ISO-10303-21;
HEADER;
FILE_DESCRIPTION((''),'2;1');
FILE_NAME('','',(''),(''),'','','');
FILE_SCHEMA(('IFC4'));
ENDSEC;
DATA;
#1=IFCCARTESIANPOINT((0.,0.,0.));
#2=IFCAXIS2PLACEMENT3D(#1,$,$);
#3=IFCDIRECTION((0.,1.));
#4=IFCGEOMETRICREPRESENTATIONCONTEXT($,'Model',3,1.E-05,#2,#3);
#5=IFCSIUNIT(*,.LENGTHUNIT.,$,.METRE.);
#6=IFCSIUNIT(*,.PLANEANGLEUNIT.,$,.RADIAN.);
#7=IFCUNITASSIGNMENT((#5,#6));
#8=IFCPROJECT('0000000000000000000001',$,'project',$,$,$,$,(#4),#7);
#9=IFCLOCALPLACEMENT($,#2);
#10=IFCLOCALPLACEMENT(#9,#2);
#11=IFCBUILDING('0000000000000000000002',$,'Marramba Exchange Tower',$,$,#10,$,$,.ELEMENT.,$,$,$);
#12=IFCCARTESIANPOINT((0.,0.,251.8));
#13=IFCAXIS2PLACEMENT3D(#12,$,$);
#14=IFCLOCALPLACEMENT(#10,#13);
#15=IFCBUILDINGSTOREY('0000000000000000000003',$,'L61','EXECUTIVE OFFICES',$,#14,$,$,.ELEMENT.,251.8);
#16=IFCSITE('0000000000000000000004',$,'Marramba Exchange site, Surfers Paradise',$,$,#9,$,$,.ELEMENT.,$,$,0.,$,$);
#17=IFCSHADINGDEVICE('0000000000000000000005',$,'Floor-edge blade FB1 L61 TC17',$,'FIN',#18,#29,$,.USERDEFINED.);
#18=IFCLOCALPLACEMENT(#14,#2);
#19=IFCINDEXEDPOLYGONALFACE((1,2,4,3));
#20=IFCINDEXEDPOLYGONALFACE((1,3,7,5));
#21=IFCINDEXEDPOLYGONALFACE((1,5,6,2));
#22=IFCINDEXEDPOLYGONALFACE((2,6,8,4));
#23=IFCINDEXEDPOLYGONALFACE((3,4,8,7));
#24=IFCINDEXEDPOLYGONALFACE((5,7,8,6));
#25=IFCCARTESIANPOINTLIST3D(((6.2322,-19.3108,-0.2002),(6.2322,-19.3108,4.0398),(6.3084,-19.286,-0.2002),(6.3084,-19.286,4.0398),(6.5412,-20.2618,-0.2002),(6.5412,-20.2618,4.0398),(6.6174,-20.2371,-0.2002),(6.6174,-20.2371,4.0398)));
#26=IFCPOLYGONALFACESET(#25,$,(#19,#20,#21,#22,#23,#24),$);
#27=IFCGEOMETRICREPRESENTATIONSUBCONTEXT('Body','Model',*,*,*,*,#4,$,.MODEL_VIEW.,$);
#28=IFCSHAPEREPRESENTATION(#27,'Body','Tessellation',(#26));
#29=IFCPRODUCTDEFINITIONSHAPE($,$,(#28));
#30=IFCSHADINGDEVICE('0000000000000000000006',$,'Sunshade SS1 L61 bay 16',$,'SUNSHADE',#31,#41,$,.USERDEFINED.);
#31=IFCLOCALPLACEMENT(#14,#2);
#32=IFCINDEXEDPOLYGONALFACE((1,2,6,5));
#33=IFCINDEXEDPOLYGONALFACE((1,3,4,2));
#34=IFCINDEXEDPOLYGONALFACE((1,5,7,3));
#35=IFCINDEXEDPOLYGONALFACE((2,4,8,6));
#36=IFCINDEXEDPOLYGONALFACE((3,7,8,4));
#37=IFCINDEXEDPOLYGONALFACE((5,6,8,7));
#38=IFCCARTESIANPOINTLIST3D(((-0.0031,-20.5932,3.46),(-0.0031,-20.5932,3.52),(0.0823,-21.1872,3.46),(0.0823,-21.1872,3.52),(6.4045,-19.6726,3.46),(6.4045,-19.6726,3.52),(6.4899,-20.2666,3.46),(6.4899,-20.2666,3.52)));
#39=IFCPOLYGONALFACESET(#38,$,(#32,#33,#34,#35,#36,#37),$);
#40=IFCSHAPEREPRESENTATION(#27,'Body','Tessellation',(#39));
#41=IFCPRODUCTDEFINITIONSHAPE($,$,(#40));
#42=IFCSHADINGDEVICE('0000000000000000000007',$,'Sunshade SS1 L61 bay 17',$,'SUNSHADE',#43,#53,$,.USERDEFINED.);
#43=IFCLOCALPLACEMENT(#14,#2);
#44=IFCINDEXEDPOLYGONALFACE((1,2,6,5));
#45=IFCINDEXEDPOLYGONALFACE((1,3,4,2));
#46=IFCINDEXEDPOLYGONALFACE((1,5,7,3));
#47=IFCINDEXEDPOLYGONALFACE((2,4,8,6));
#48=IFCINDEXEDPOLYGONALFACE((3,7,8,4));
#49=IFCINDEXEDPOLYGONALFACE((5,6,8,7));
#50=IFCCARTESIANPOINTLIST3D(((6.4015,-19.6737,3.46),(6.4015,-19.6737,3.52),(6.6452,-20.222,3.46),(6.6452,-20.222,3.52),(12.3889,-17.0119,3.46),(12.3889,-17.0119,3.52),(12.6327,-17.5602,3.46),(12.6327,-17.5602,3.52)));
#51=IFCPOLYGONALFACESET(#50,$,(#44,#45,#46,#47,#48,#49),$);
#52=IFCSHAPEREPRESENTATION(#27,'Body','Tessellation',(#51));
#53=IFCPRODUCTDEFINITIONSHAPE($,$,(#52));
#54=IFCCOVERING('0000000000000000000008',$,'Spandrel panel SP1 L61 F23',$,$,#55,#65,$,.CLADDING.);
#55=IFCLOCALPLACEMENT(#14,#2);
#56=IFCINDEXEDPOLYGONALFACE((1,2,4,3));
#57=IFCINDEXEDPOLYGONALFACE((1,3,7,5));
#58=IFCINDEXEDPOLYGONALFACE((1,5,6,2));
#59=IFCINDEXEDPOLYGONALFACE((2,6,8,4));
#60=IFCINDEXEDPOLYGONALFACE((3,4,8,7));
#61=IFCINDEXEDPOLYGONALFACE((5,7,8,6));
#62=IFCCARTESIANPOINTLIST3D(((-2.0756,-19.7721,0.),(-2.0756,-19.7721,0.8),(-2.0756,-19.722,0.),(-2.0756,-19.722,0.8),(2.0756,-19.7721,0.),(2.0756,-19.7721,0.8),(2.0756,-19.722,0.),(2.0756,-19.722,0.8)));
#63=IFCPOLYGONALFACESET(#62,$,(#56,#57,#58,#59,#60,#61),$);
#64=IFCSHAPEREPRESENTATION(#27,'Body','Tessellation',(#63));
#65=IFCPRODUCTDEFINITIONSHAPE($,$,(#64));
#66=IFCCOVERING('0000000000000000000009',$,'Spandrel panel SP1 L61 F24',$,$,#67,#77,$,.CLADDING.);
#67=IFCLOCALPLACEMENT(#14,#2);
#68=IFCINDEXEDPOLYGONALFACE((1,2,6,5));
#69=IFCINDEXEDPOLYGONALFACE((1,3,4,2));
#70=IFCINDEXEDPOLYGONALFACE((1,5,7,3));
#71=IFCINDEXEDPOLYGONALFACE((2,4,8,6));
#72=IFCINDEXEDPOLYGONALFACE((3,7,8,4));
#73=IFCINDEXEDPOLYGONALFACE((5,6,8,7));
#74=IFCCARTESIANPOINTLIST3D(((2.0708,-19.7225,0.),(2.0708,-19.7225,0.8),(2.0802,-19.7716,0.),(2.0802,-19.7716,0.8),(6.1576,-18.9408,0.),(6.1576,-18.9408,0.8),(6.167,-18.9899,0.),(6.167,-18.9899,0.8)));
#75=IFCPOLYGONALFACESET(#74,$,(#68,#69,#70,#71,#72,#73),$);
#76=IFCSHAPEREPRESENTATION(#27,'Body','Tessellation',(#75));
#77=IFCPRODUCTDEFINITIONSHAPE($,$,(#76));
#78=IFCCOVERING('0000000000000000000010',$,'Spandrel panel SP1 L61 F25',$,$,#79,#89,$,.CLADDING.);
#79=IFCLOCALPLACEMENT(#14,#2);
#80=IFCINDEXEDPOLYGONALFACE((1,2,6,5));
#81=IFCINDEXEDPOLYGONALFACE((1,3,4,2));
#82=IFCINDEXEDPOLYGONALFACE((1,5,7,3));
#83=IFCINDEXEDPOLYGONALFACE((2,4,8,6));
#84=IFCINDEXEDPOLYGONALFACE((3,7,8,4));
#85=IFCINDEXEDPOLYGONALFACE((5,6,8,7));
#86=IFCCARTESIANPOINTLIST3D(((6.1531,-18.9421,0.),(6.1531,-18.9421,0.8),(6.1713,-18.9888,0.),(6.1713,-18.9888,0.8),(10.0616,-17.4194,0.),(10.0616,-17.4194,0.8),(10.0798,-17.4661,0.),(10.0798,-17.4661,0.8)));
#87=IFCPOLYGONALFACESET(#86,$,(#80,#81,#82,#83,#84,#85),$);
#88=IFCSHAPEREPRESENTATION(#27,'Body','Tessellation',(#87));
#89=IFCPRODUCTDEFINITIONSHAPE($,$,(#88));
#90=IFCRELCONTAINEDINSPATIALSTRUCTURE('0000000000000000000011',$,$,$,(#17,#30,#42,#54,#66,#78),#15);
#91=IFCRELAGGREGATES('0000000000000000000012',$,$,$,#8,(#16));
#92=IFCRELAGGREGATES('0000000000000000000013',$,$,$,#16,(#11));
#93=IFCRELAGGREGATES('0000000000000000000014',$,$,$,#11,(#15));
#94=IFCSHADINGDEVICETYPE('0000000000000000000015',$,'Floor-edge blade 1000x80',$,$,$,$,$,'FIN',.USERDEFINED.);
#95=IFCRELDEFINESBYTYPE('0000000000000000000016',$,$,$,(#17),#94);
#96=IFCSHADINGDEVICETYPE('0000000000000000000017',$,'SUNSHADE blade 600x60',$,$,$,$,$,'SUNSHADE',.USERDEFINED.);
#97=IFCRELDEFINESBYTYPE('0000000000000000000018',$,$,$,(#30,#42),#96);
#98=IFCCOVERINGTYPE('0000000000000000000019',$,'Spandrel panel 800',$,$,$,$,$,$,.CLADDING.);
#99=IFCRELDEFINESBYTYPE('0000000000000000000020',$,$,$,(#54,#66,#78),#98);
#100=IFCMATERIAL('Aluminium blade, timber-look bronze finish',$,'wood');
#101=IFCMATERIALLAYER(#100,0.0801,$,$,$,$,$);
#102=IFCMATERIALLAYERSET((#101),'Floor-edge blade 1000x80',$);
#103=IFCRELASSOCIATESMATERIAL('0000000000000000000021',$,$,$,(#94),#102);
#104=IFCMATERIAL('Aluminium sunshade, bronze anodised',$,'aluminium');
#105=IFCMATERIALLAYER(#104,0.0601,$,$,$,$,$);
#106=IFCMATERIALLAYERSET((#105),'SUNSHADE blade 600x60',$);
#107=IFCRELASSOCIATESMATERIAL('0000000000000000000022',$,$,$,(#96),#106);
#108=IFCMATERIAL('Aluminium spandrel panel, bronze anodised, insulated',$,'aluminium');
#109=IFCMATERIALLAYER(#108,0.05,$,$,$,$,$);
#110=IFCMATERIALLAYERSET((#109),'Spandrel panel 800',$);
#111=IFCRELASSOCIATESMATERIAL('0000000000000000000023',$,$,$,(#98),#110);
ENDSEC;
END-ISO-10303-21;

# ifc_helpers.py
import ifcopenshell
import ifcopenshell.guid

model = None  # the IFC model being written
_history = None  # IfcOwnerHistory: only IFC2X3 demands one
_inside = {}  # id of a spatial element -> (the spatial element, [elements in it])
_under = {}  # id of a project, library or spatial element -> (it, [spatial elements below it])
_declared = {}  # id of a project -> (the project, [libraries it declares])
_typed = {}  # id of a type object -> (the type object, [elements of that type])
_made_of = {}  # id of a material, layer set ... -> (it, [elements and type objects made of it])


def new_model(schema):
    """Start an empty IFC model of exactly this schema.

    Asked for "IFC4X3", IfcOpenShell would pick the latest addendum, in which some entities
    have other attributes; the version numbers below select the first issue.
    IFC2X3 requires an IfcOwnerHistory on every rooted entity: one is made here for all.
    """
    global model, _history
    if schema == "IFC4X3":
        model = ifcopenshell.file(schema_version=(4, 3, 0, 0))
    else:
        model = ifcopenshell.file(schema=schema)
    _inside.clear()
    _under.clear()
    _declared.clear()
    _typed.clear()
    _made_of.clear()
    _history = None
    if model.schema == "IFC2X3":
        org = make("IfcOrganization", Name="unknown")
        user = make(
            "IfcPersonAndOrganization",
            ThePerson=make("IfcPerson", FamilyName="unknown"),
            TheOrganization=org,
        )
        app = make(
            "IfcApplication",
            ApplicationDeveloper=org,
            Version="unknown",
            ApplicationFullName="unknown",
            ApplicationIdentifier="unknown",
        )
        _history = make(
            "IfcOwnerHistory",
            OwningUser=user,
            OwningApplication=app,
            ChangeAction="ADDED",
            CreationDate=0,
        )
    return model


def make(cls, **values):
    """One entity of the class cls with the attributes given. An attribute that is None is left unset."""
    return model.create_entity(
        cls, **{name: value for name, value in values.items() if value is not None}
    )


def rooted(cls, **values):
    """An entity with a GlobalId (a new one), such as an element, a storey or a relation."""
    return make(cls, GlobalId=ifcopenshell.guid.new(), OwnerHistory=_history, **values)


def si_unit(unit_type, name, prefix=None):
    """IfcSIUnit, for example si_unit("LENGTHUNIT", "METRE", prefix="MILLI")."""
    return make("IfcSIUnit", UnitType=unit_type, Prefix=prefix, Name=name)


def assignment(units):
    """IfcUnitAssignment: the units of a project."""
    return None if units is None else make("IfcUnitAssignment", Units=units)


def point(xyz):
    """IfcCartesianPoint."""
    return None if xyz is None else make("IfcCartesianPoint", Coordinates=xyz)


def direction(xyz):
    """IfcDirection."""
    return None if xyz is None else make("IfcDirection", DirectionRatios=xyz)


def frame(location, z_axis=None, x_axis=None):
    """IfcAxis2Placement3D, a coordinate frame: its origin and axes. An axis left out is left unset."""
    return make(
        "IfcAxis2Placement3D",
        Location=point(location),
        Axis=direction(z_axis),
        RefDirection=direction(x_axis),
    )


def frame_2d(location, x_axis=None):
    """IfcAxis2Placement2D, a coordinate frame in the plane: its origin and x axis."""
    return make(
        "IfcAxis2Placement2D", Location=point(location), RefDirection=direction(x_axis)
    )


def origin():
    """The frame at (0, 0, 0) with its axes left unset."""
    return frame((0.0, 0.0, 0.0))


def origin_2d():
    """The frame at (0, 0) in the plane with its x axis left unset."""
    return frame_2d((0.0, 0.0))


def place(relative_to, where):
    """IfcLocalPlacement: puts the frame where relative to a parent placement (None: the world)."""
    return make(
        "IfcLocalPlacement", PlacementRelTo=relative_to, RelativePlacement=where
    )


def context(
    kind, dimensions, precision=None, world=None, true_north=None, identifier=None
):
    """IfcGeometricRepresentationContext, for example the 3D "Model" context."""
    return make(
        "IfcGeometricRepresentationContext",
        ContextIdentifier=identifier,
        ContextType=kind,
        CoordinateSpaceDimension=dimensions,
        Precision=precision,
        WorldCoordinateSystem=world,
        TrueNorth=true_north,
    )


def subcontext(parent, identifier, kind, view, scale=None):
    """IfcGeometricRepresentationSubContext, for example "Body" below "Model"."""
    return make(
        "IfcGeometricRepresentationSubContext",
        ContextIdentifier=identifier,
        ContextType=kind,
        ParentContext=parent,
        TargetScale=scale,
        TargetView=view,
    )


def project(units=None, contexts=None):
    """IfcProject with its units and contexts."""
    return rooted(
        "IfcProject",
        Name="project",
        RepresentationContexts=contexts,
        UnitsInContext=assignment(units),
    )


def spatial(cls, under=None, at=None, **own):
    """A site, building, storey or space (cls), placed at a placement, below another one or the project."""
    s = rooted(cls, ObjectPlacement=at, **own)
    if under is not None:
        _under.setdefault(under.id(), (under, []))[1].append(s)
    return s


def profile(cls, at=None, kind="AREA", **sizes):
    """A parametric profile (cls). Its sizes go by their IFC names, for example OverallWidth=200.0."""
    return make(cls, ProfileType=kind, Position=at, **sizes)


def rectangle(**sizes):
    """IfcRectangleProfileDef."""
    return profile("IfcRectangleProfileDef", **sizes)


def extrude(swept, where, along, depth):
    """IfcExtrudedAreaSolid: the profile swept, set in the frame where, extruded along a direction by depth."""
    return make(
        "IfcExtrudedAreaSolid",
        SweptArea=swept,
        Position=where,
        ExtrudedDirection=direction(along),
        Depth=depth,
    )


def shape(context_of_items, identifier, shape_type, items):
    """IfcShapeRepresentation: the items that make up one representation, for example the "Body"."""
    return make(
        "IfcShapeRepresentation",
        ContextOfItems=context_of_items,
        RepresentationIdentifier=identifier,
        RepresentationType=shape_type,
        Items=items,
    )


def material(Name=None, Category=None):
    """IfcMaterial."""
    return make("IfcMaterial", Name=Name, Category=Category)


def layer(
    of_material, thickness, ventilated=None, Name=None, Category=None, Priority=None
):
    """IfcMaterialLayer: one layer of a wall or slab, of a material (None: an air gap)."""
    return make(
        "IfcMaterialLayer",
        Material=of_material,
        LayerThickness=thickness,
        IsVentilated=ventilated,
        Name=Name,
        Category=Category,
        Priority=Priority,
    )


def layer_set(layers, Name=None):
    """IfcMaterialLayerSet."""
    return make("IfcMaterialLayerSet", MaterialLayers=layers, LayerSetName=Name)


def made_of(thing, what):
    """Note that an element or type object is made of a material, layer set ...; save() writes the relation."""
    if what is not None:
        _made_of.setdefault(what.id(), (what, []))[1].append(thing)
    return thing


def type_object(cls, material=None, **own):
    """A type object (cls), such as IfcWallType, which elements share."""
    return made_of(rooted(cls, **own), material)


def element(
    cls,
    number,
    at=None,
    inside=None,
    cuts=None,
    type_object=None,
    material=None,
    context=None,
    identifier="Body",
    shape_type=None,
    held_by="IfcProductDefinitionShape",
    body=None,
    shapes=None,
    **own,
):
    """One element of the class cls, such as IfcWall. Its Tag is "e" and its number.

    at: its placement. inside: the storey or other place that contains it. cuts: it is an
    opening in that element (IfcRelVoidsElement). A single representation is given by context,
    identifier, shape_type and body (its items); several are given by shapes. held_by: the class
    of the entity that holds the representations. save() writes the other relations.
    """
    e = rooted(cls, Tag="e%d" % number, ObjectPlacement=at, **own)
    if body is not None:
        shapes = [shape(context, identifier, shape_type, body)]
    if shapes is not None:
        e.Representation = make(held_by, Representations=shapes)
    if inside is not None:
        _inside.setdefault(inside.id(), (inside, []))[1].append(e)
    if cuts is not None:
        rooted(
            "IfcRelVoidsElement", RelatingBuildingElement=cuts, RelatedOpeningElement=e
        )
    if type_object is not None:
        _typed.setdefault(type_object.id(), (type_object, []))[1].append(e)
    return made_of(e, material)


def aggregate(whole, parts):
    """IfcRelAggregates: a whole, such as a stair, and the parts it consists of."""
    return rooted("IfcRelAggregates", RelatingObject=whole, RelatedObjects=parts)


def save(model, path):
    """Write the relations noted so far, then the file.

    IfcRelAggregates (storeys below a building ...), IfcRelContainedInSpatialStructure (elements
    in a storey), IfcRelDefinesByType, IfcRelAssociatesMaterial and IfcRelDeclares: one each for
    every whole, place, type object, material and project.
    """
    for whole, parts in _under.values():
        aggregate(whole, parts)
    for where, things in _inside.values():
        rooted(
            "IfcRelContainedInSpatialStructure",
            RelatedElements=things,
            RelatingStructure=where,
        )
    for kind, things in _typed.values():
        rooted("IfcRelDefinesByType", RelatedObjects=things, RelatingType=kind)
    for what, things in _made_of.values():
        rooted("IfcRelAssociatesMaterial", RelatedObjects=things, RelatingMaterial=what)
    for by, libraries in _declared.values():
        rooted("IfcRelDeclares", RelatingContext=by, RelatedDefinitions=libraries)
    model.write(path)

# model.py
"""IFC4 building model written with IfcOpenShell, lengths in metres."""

from ifc_helpers import new_model, si_unit, direction, frame, origin, origin_2d, place, context, subcontext, project, spatial, rectangle, extrude, material, layer, layer_set, type_object, element, save


model = new_model("IFC4")

# Units and contexts
model_context = context("Model", 3, precision=1e-05, world=origin(), true_north=direction((0.0, 1.0)))
body_context = subcontext(model_context, "Body", "Model", "MODEL_VIEW")
ifc_project = project(units=[si_unit("LENGTHUNIT", "METRE"), si_unit("PLANEANGLEUNIT", "RADIAN")], contexts=[model_context])

# Site, building, storey
site_placement = place(None, origin())
site = spatial("IfcSite", under=ifc_project, at=site_placement, Name="Marramba Exchange site, Surfers Paradise", CompositionType="ELEMENT", RefElevation=0.0)
building_placement = place(site_placement, origin())
building = spatial("IfcBuilding", under=site, at=building_placement, Name="Marramba Exchange Tower", CompositionType="ELEMENT")
storey_placement = place(building_placement, frame((0.0, 0.0, 251.8)))
storey = spatial("IfcBuildingStorey", under=building, at=storey_placement, Name="L61", Description="EXECUTIVE OFFICES", CompositionType="ELEMENT", Elevation=251.8)

# Shading devices
ifc_material_1 = material(Name="Aluminium blade, timber-look bronze finish", Category="wood")
ifc_layer_1 = layer(ifc_material_1, 0.0801)
ifc_layer_set_1 = layer_set([ifc_layer_1], Name="Floor-edge blade 1000x80")
shading_device_type_1 = type_object("IfcShadingDeviceType", Name="Floor-edge blade 1000x80", ElementType="FIN", PredefinedType="USERDEFINED", material=ifc_layer_set_1)
for number, where, z_axis, x_axis, name in (
    (1, (6.4248, -19.7739, -0.2002), (0.0, 0.0, 1.0), (0.309017, -0.951057, 0.0), "Floor-edge blade FB1 L61 TC17"),
):
    element("IfcShadingDevice", number, at=place(storey_placement, frame(where, z_axis=z_axis, x_axis=x_axis)), inside=storey, type_object=shading_device_type_1, Name=name, ObjectType="FIN", PredefinedType="USERDEFINED", context=body_context, shape_type="SweptSolid", body=[
        extrude(rectangle(XDim=1.0, YDim=0.0801, at=origin_2d()), origin(), (0.0, 0.0, 1.0), 4.24),
    ])
ifc_material_2 = material(Name="Aluminium sunshade, bronze anodised", Category="aluminium")
ifc_layer_2 = layer(ifc_material_2, 0.0601)
ifc_layer_set_2 = layer_set([ifc_layer_2], Name="SUNSHADE blade 600x60")
shading_device_type_2 = type_object("IfcShadingDeviceType", Name="SUNSHADE blade 600x60", ElementType="SUNSHADE", PredefinedType="USERDEFINED", material=ifc_layer_set_2)
shading_device_1_placement = place(storey_placement, frame((3.2434, -20.4299, 3.46), z_axis=(0.0, 0.0, 1.0), x_axis=(0.989837, 0.14221, 0.0)))
element("IfcShadingDevice", 2, at=shading_device_1_placement, inside=storey, type_object=shading_device_type_2, Name="Sunshade SS1 L61 bay 16", ObjectType="SUNSHADE", PredefinedType="USERDEFINED", context=body_context, shape_type="SweptSolid", body=[
    extrude(rectangle(XDim=6.4734, YDim=0.6001, at=origin_2d()), origin(), (0.0, 0.0, 1.0), 0.0601),
])
shading_device_2_placement = place(storey_placement, frame((9.5171, -18.6169, 3.46), z_axis=(0.0, 0.0, 1.0), x_axis=(0.913771, 0.406229, 0.0)))
element("IfcShadingDevice", 3, at=shading_device_2_placement, inside=storey, type_object=shading_device_type_2, Name="Sunshade SS1 L61 bay 17", ObjectType="SUNSHADE", PredefinedType="USERDEFINED", context=body_context, shape_type="SweptSolid", body=[
    extrude(rectangle(XDim=6.5525, YDim=0.6001, at=origin_2d()), origin(), (0.0, 0.0, 1.0), 0.0601),
])

# Coverings
ifc_material_3 = material(Name="Aluminium spandrel panel, bronze anodised, insulated", Category="aluminium")
ifc_layer_3 = layer(ifc_material_3, 0.05)
ifc_layer_set_3 = layer_set([ifc_layer_3], Name="Spandrel panel 800")
covering_type = type_object("IfcCoveringType", Name="Spandrel panel 800", PredefinedType="CLADDING", material=ifc_layer_set_3)
covering_1_placement = place(storey_placement, frame((0.0, -19.7471, 0.0), z_axis=(0.0, 0.0, 1.0), x_axis=(1.0, 0.0, 0.0)))
element("IfcCovering", 4, at=covering_1_placement, inside=storey, type_object=covering_type, Name="Spandrel panel SP1 L61 F23", PredefinedType="CLADDING", context=body_context, shape_type="SweptSolid", body=[
    extrude(rectangle(XDim=4.1511, YDim=0.05, at=origin_2d()), origin(), (0.0, 0.0, 1.0), 0.8),
])
covering_2_placement = place(storey_placement, frame((4.1189, -19.3562, 0.0), z_axis=(0.0, 0.0, 1.0), x_axis=(0.982193, 0.187873, 0.0)))
element("IfcCovering", 5, at=covering_2_placement, inside=storey, type_object=covering_type, Name="Spandrel panel SP1 L61 F24", PredefinedType="CLADDING", context=body_context, shape_type="SweptSolid", body=[
    extrude(rectangle(XDim=4.1609, YDim=0.05, at=origin_2d()), origin(), (0.0, 0.0, 1.0), 0.8),
])
covering_3_placement = place(storey_placement, frame((8.1165, -18.2041, 0.0), z_axis=(0.0, 0.0, 1.0), x_axis=(0.931785, 0.36301, 0.0)))
element("IfcCovering", 6, at=covering_3_placement, inside=storey, type_object=covering_type, Name="Spandrel panel SP1 L61 F25", PredefinedType="CLADDING", context=body_context, shape_type="SweptSolid", body=[
    extrude(rectangle(XDim=4.1946, YDim=0.05, at=origin_2d()), origin(), (0.0, 0.0, 1.0), 0.8),
])

save(model, "model.ifc")
